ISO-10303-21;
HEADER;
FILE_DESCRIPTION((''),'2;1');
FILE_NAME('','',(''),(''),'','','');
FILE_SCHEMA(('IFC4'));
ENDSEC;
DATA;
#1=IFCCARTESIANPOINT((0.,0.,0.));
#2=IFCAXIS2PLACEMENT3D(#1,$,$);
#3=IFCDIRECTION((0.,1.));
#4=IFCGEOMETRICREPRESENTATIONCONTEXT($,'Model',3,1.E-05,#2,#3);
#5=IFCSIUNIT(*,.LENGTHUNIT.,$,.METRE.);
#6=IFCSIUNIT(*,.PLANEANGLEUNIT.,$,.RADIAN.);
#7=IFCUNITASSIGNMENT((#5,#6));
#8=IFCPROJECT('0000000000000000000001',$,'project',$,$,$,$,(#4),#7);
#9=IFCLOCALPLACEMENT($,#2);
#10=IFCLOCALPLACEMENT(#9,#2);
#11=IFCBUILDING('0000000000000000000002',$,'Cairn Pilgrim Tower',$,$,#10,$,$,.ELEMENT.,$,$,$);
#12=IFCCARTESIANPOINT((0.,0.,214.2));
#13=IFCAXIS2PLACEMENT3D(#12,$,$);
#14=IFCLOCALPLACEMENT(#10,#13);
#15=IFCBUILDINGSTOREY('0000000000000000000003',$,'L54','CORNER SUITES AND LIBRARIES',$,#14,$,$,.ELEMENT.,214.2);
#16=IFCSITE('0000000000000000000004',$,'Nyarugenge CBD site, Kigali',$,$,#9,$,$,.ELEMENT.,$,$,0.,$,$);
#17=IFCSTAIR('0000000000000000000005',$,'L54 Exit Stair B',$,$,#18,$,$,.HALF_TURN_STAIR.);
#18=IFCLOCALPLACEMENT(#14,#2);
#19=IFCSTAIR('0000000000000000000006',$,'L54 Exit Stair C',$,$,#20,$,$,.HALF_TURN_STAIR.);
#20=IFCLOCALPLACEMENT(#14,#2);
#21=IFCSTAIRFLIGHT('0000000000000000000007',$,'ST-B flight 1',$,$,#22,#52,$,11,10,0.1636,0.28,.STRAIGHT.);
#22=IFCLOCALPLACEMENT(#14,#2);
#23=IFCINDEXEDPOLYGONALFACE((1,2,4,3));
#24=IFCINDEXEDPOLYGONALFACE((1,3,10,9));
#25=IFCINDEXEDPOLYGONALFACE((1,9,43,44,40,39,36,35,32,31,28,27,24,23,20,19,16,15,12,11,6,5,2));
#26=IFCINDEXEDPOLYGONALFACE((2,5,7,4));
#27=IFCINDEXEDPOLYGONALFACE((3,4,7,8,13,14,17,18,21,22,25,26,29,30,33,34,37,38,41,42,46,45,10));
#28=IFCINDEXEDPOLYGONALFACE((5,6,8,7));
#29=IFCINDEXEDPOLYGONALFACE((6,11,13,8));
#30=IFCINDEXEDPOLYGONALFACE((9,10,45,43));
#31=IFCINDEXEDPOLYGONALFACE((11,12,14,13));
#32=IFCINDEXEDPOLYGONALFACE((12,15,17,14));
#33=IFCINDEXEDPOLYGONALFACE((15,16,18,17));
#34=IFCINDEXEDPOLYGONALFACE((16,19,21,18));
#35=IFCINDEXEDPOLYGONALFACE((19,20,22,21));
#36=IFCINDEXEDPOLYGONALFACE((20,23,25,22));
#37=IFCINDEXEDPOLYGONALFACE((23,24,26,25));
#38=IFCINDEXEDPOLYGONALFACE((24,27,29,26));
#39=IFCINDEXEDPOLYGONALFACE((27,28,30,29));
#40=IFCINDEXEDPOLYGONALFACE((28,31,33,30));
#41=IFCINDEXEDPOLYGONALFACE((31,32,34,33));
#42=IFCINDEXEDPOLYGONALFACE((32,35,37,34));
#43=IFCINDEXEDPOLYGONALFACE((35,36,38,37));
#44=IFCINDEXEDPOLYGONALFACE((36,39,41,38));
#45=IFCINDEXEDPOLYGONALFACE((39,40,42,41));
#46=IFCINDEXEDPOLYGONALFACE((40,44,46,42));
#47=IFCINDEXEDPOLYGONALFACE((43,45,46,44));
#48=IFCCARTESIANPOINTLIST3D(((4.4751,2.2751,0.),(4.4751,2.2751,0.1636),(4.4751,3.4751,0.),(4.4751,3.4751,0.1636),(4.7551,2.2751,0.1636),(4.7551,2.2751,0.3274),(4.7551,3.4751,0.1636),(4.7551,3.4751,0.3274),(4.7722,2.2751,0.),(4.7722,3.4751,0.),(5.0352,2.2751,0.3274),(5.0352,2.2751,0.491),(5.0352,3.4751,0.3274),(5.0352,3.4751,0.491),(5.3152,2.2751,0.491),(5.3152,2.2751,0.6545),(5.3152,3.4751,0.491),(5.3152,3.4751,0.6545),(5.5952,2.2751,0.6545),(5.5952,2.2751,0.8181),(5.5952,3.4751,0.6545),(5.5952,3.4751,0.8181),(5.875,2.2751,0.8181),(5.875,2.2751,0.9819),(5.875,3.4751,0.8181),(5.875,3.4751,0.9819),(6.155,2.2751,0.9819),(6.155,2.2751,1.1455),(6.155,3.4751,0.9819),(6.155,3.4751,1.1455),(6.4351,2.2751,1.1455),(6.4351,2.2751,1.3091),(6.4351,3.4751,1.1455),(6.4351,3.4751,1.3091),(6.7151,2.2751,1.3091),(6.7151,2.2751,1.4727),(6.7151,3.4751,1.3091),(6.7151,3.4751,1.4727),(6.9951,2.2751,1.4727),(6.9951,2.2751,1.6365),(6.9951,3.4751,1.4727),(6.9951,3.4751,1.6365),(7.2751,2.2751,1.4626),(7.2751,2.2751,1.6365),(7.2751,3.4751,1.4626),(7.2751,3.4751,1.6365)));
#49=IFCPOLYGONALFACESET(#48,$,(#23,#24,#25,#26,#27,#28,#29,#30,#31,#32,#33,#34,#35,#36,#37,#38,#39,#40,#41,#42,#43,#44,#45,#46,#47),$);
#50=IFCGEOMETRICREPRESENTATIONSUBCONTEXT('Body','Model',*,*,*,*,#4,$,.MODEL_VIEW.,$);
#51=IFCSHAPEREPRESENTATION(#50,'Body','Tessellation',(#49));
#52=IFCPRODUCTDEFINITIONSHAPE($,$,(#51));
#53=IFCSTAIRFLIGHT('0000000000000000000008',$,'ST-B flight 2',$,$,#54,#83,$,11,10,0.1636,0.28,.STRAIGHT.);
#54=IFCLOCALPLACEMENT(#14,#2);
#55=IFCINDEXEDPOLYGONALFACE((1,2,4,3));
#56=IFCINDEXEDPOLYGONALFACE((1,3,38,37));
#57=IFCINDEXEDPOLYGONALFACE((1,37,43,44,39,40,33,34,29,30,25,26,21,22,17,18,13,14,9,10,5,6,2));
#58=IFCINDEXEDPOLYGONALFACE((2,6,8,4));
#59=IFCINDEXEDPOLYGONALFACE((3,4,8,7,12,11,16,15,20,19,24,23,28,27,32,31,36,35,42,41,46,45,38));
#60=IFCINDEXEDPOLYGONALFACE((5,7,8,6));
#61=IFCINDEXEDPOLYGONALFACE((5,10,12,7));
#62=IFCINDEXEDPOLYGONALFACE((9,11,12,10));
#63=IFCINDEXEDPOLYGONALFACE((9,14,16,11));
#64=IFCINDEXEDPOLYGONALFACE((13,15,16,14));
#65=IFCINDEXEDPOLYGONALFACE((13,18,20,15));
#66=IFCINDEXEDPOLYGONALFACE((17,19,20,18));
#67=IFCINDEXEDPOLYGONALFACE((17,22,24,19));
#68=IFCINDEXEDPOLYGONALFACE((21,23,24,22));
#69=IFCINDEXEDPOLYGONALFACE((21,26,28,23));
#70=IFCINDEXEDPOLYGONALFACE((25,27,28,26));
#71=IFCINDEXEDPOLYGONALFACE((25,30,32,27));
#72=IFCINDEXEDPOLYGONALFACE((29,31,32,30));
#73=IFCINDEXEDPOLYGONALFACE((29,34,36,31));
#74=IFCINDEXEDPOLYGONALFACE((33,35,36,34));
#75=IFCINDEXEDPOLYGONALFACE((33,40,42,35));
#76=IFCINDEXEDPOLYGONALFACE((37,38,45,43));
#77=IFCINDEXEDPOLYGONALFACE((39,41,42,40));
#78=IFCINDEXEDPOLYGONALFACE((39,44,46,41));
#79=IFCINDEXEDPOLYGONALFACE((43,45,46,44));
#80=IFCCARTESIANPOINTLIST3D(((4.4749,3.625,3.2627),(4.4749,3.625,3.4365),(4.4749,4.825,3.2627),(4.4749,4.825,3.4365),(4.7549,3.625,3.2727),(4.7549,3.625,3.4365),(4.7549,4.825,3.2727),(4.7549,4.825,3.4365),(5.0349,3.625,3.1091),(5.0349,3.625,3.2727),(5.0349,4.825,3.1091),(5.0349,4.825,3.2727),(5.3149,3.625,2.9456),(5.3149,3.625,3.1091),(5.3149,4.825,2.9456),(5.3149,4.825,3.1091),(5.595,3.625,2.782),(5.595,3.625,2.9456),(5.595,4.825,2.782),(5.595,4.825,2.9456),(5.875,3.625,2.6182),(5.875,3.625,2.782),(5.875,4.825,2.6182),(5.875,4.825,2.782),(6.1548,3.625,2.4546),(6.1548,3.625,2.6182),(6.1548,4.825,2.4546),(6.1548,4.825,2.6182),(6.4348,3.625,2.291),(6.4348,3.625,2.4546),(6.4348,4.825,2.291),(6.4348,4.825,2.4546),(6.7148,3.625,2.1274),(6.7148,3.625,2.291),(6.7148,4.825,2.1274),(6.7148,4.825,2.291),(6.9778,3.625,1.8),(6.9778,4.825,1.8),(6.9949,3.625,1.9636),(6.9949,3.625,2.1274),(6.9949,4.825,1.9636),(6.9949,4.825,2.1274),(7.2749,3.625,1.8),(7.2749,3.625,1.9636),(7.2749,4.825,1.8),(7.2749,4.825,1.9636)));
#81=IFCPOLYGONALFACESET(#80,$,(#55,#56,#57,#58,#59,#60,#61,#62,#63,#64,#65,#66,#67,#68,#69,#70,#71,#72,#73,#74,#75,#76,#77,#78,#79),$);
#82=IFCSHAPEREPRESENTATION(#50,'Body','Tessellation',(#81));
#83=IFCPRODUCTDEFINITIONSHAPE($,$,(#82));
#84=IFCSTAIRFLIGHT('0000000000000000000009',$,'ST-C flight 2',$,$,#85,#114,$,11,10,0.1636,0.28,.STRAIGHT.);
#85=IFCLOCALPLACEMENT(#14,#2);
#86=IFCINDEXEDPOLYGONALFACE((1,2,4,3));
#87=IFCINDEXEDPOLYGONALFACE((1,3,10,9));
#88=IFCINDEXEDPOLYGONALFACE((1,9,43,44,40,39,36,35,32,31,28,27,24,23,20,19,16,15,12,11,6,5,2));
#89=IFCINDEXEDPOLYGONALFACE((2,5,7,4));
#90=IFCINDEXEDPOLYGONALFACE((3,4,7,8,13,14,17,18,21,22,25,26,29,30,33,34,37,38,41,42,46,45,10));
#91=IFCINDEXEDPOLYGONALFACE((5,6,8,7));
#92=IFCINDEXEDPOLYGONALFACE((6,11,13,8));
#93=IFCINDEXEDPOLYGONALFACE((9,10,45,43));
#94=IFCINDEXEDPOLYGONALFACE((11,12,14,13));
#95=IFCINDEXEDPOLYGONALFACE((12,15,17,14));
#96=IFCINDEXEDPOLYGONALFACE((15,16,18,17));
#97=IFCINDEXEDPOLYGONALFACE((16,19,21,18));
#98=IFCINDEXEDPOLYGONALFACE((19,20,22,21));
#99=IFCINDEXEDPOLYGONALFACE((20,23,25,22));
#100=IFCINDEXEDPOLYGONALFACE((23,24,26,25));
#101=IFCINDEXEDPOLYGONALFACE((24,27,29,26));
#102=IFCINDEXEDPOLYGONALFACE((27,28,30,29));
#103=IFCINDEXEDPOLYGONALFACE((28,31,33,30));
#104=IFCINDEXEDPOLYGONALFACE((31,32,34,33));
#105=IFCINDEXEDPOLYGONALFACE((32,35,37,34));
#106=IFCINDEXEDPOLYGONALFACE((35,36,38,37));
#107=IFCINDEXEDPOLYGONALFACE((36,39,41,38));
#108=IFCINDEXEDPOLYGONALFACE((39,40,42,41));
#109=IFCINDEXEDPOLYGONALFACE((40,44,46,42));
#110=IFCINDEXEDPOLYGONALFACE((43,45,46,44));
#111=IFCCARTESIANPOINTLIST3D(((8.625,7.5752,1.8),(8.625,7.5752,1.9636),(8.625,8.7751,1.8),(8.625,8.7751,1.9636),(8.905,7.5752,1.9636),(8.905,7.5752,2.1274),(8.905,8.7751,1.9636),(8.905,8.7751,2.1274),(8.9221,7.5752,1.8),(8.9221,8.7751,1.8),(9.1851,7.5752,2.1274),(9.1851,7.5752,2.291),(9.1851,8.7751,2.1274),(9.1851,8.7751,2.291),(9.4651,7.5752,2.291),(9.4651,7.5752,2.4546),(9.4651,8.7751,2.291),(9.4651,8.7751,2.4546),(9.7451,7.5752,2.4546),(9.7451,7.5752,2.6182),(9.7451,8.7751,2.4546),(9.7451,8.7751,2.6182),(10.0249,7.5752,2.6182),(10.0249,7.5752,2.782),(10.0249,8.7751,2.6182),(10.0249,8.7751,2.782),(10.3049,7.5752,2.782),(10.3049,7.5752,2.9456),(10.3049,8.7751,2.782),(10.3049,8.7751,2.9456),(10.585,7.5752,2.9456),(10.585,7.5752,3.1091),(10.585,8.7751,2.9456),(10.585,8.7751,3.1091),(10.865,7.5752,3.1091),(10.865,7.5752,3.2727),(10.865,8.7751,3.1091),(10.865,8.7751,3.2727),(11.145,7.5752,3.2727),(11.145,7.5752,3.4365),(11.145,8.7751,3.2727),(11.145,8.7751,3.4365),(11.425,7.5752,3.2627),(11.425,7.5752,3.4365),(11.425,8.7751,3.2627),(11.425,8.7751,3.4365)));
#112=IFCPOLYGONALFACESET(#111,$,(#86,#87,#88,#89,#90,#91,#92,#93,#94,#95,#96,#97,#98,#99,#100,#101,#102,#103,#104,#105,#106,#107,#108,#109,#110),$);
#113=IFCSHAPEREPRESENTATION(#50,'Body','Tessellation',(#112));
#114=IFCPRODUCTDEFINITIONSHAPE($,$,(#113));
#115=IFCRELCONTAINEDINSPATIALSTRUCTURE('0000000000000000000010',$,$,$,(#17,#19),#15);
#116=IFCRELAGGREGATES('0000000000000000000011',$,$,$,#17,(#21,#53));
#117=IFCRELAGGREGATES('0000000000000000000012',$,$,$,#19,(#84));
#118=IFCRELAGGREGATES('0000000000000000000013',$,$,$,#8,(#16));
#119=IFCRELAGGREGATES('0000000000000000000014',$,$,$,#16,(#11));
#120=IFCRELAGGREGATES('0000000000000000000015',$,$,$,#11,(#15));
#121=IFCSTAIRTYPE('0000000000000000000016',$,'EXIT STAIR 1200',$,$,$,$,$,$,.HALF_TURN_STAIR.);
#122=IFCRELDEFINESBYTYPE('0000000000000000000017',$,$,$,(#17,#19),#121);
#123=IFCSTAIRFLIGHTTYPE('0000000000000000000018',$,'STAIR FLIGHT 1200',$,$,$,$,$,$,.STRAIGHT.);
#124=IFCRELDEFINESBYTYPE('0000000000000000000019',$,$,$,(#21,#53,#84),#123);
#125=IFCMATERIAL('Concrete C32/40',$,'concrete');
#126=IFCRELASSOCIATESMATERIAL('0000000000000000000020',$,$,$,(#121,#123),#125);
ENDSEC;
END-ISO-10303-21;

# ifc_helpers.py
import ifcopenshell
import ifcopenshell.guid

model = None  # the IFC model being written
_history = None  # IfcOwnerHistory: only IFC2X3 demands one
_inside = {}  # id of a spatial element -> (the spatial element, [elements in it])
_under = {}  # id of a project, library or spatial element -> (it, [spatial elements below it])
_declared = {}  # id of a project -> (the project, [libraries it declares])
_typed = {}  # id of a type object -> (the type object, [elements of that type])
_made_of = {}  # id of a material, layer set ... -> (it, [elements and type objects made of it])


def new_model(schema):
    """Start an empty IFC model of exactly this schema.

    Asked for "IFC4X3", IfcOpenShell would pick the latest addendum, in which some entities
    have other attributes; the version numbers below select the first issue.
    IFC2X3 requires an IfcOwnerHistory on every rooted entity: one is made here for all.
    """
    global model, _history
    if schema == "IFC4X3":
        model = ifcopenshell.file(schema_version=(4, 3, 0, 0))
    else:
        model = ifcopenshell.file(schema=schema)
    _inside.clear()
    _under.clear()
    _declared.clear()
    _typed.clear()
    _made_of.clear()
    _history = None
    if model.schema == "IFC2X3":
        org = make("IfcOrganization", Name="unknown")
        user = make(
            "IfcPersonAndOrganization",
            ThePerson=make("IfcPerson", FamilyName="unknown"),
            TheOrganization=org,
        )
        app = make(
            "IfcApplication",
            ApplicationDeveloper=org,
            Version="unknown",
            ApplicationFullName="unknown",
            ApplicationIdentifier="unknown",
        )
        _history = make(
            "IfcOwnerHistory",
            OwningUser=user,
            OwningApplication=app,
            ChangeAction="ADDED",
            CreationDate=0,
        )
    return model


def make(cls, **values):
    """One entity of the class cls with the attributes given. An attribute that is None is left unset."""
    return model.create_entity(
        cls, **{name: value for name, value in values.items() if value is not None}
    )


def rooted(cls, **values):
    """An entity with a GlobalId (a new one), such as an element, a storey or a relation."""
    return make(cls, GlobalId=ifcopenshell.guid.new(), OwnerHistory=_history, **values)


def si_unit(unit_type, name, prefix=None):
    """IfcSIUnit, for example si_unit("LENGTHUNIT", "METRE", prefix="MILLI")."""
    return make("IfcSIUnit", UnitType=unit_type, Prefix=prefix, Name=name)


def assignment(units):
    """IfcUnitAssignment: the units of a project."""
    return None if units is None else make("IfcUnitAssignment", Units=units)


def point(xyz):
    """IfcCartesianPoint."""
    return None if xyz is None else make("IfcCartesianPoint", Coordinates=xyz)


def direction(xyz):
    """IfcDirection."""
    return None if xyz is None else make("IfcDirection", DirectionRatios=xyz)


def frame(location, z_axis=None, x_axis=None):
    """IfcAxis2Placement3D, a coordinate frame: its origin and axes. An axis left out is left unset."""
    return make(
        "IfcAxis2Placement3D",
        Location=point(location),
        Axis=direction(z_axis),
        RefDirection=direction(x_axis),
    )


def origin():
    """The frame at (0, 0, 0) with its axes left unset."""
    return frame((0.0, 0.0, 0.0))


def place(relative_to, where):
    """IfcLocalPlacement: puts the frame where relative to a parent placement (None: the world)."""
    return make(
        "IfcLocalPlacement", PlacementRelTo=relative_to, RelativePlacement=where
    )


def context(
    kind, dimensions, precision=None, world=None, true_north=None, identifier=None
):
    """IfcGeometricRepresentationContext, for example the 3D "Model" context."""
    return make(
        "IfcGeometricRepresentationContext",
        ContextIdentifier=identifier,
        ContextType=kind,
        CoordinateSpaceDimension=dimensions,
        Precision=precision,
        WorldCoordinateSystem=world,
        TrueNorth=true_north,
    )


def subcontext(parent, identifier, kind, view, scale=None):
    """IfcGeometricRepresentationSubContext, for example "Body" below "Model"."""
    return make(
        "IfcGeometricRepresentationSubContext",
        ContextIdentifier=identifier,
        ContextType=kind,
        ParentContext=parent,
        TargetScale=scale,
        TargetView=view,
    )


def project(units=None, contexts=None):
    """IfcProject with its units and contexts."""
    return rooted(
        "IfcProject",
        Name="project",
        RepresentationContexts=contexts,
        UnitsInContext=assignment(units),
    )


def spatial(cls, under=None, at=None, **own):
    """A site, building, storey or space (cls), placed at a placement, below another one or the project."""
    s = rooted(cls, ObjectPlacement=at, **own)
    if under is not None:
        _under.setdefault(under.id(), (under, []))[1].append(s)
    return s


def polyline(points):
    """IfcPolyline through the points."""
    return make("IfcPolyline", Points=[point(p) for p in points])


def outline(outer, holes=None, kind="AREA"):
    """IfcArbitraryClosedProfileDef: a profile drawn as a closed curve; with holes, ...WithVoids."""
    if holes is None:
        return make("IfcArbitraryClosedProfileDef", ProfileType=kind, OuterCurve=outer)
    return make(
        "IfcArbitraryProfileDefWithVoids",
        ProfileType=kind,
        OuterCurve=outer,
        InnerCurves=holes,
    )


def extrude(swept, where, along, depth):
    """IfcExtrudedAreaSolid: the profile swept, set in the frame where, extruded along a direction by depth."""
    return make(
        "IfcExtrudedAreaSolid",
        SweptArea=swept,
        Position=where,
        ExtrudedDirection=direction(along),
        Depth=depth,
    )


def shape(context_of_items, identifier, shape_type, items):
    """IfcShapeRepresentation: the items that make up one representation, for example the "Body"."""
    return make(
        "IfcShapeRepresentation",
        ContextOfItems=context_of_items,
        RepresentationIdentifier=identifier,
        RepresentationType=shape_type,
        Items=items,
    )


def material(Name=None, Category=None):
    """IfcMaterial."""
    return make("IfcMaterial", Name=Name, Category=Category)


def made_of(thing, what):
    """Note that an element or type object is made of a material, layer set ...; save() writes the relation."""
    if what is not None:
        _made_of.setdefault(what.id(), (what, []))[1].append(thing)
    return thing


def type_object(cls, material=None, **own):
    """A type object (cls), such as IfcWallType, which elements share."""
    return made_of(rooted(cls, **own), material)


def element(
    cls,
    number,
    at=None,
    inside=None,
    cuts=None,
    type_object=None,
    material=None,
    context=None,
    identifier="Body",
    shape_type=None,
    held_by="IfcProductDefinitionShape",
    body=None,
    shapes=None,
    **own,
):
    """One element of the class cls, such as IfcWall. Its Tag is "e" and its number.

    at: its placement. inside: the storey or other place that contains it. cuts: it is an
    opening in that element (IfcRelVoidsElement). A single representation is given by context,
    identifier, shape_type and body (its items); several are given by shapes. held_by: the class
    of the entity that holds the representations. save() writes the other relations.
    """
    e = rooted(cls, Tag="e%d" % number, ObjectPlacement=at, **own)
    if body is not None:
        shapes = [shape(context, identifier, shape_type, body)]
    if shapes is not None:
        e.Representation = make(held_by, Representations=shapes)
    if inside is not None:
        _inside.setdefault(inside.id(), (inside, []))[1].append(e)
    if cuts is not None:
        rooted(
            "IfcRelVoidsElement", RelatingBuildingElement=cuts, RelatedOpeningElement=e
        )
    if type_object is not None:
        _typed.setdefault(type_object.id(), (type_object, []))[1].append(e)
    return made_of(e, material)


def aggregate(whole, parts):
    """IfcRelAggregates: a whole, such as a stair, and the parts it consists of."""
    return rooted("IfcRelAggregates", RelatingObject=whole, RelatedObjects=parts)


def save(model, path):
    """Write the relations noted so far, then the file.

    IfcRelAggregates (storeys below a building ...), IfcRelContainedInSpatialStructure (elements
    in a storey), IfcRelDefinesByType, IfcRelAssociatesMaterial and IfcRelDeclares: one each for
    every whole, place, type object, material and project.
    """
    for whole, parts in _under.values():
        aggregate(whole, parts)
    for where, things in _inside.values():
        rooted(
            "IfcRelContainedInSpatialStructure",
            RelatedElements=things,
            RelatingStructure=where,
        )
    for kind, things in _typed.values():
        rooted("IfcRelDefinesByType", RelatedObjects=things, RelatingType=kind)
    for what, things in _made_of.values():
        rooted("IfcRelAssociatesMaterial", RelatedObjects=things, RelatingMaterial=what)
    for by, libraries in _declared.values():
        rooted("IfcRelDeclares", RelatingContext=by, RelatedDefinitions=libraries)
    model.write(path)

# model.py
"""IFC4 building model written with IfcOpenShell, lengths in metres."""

from ifc_helpers import new_model, si_unit, direction, frame, origin, place, context, subcontext, project, spatial, polyline, outline, extrude, material, type_object, element, aggregate, save


model = new_model("IFC4")

# Units and contexts
model_context = context("Model", 3, precision=1e-05, world=origin(), true_north=direction((0.0, 1.0)))
body_context = subcontext(model_context, "Body", "Model", "MODEL_VIEW")
ifc_project = project(units=[si_unit("LENGTHUNIT", "METRE"), si_unit("PLANEANGLEUNIT", "RADIAN")], contexts=[model_context])

# Site, building, storey
site_placement = place(None, origin())
site = spatial("IfcSite", under=ifc_project, at=site_placement, Name="Nyarugenge CBD site, Kigali", CompositionType="ELEMENT", RefElevation=0.0)
building_placement = place(site_placement, origin())
building = spatial("IfcBuilding", under=site, at=building_placement, Name="Cairn Pilgrim Tower", CompositionType="ELEMENT")
storey_placement = place(building_placement, frame((0.0, 0.0, 214.2)))
storey = spatial("IfcBuildingStorey", under=building, at=storey_placement, Name="L54", Description="CORNER SUITES AND LIBRARIES", CompositionType="ELEMENT", Elevation=214.2)

# Stairs
ifc_material_1 = material(Name="Concrete C32/40", Category="concrete")
stair_type = type_object("IfcStairType", Name="EXIT STAIR 1200", PredefinedType="HALF_TURN_STAIR", material=ifc_material_1)
stair_1_placement = place(storey_placement, origin())
stair_1 = element("IfcStair", 1, at=stair_1_placement, inside=storey, type_object=stair_type, Name="L54 Exit Stair B", PredefinedType="HALF_TURN_STAIR")
stair_2_placement = place(storey_placement, origin())
stair_2 = element("IfcStair", 2, at=stair_2_placement, inside=storey, type_object=stair_type, Name="L54 Exit Stair C", PredefinedType="HALF_TURN_STAIR")

# Stair flights
stair_flight_type = type_object("IfcStairFlightType", Name="STAIR FLIGHT 1200", PredefinedType="STRAIGHT", material=ifc_material_1)
stair_flight_1_placement = place(storey_placement, frame((4.4751, 2.875, 0.0), z_axis=(0.0, 0.0, 1.0), x_axis=(1.0, 0.0, 0.0)))
stair_flight_1 = element("IfcStairFlight", 3, at=stair_flight_1_placement, type_object=stair_flight_type, Name="ST-B flight 1", NumberOfRisers=11, NumberOfTreads=10, PredefinedType="STRAIGHT", RiserHeight=0.1636, TreadLength=0.28, context=body_context, shape_type="SweptSolid", body=[
    extrude(outline(polyline([(0.0, 0.0), (0.0, 0.1636), (0.28, 0.1636), (0.28, 0.3274), (0.5601, 0.3274), (0.5601, 0.491), (0.8401, 0.491), (0.8401, 0.6545), (1.1201, 0.6545), (1.1201, 0.8181), (1.3999, 0.8181), (1.3999, 0.9819), (1.6799, 0.9819), (1.6799, 1.1455), (1.96, 1.1455), (1.96, 1.3091), (2.24, 1.3091), (2.24, 1.4727), (2.52, 1.4727), (2.52, 1.6365), (2.8, 1.6365), (2.8, 1.8), (2.8, 1.4626), (0.2971, 0.0), (0.0, 0.0)])), frame((0.0, 0.6001, 0.0), z_axis=(0.0, -1.0, 0.0), x_axis=(1.0, 0.0, 0.0)), (0.0, 0.0, 1.0), 1.2),
])
stair_flight_2_placement = place(storey_placement, frame((7.2749, 4.2251, 1.8), z_axis=(0.0, 0.0, 1.0), x_axis=(-1.0, 0.0, 0.0)))
stair_flight_2 = element("IfcStairFlight", 4, at=stair_flight_2_placement, type_object=stair_flight_type, Name="ST-B flight 2", NumberOfRisers=11, NumberOfTreads=10, PredefinedType="STRAIGHT", RiserHeight=0.1636, TreadLength=0.28, context=body_context, shape_type="SweptSolid", body=[
    extrude(outline(polyline([(0.0, 0.0), (0.0, 0.1636), (0.28, 0.1636), (0.28, 0.3274), (0.5601, 0.3274), (0.5601, 0.491), (0.8401, 0.491), (0.8401, 0.6545), (1.1201, 0.6545), (1.1201, 0.8181), (1.3999, 0.8181), (1.3999, 0.9819), (1.6799, 0.9819), (1.6799, 1.1455), (1.96, 1.1455), (1.96, 1.3091), (2.24, 1.3091), (2.24, 1.4727), (2.52, 1.4727), (2.52, 1.6365), (2.8, 1.6365), (2.8, 1.8), (2.8, 1.4626), (0.2971, 0.0), (0.0, 0.0)])), frame((0.0, 0.6001, 0.0), z_axis=(0.0, -1.0, 0.0), x_axis=(1.0, 0.0, 0.0)), (0.0, 0.0, 1.0), 1.2),
])
aggregate(stair_1, [stair_flight_1, stair_flight_2])
stair_flight_3_placement = place(storey_placement, frame((8.625, 8.175, 1.8), z_axis=(0.0, 0.0, 1.0), x_axis=(1.0, 0.0, 0.0)))
stair_flight_3 = element("IfcStairFlight", 5, at=stair_flight_3_placement, type_object=stair_flight_type, Name="ST-C flight 2", NumberOfRisers=11, NumberOfTreads=10, PredefinedType="STRAIGHT", RiserHeight=0.1636, TreadLength=0.28, context=body_context, shape_type="SweptSolid", body=[
    extrude(outline(polyline([(0.0, 0.0), (0.0, 0.1636), (0.28, 0.1636), (0.28, 0.3274), (0.5601, 0.3274), (0.5601, 0.491), (0.8401, 0.491), (0.8401, 0.6545), (1.1201, 0.6545), (1.1201, 0.8181), (1.3999, 0.8181), (1.3999, 0.9819), (1.6799, 0.9819), (1.6799, 1.1455), (1.96, 1.1455), (1.96, 1.3091), (2.24, 1.3091), (2.24, 1.4727), (2.52, 1.4727), (2.52, 1.6365), (2.8, 1.6365), (2.8, 1.8), (2.8, 1.4626), (0.2971, 0.0), (0.0, 0.0)])), frame((0.0, 0.6001, 0.0), z_axis=(0.0, -1.0, 0.0), x_axis=(1.0, 0.0, 0.0)), (0.0, 0.0, 1.0), 1.2),
])
aggregate(stair_2, [stair_flight_3])

save(model, "model.ifc")
